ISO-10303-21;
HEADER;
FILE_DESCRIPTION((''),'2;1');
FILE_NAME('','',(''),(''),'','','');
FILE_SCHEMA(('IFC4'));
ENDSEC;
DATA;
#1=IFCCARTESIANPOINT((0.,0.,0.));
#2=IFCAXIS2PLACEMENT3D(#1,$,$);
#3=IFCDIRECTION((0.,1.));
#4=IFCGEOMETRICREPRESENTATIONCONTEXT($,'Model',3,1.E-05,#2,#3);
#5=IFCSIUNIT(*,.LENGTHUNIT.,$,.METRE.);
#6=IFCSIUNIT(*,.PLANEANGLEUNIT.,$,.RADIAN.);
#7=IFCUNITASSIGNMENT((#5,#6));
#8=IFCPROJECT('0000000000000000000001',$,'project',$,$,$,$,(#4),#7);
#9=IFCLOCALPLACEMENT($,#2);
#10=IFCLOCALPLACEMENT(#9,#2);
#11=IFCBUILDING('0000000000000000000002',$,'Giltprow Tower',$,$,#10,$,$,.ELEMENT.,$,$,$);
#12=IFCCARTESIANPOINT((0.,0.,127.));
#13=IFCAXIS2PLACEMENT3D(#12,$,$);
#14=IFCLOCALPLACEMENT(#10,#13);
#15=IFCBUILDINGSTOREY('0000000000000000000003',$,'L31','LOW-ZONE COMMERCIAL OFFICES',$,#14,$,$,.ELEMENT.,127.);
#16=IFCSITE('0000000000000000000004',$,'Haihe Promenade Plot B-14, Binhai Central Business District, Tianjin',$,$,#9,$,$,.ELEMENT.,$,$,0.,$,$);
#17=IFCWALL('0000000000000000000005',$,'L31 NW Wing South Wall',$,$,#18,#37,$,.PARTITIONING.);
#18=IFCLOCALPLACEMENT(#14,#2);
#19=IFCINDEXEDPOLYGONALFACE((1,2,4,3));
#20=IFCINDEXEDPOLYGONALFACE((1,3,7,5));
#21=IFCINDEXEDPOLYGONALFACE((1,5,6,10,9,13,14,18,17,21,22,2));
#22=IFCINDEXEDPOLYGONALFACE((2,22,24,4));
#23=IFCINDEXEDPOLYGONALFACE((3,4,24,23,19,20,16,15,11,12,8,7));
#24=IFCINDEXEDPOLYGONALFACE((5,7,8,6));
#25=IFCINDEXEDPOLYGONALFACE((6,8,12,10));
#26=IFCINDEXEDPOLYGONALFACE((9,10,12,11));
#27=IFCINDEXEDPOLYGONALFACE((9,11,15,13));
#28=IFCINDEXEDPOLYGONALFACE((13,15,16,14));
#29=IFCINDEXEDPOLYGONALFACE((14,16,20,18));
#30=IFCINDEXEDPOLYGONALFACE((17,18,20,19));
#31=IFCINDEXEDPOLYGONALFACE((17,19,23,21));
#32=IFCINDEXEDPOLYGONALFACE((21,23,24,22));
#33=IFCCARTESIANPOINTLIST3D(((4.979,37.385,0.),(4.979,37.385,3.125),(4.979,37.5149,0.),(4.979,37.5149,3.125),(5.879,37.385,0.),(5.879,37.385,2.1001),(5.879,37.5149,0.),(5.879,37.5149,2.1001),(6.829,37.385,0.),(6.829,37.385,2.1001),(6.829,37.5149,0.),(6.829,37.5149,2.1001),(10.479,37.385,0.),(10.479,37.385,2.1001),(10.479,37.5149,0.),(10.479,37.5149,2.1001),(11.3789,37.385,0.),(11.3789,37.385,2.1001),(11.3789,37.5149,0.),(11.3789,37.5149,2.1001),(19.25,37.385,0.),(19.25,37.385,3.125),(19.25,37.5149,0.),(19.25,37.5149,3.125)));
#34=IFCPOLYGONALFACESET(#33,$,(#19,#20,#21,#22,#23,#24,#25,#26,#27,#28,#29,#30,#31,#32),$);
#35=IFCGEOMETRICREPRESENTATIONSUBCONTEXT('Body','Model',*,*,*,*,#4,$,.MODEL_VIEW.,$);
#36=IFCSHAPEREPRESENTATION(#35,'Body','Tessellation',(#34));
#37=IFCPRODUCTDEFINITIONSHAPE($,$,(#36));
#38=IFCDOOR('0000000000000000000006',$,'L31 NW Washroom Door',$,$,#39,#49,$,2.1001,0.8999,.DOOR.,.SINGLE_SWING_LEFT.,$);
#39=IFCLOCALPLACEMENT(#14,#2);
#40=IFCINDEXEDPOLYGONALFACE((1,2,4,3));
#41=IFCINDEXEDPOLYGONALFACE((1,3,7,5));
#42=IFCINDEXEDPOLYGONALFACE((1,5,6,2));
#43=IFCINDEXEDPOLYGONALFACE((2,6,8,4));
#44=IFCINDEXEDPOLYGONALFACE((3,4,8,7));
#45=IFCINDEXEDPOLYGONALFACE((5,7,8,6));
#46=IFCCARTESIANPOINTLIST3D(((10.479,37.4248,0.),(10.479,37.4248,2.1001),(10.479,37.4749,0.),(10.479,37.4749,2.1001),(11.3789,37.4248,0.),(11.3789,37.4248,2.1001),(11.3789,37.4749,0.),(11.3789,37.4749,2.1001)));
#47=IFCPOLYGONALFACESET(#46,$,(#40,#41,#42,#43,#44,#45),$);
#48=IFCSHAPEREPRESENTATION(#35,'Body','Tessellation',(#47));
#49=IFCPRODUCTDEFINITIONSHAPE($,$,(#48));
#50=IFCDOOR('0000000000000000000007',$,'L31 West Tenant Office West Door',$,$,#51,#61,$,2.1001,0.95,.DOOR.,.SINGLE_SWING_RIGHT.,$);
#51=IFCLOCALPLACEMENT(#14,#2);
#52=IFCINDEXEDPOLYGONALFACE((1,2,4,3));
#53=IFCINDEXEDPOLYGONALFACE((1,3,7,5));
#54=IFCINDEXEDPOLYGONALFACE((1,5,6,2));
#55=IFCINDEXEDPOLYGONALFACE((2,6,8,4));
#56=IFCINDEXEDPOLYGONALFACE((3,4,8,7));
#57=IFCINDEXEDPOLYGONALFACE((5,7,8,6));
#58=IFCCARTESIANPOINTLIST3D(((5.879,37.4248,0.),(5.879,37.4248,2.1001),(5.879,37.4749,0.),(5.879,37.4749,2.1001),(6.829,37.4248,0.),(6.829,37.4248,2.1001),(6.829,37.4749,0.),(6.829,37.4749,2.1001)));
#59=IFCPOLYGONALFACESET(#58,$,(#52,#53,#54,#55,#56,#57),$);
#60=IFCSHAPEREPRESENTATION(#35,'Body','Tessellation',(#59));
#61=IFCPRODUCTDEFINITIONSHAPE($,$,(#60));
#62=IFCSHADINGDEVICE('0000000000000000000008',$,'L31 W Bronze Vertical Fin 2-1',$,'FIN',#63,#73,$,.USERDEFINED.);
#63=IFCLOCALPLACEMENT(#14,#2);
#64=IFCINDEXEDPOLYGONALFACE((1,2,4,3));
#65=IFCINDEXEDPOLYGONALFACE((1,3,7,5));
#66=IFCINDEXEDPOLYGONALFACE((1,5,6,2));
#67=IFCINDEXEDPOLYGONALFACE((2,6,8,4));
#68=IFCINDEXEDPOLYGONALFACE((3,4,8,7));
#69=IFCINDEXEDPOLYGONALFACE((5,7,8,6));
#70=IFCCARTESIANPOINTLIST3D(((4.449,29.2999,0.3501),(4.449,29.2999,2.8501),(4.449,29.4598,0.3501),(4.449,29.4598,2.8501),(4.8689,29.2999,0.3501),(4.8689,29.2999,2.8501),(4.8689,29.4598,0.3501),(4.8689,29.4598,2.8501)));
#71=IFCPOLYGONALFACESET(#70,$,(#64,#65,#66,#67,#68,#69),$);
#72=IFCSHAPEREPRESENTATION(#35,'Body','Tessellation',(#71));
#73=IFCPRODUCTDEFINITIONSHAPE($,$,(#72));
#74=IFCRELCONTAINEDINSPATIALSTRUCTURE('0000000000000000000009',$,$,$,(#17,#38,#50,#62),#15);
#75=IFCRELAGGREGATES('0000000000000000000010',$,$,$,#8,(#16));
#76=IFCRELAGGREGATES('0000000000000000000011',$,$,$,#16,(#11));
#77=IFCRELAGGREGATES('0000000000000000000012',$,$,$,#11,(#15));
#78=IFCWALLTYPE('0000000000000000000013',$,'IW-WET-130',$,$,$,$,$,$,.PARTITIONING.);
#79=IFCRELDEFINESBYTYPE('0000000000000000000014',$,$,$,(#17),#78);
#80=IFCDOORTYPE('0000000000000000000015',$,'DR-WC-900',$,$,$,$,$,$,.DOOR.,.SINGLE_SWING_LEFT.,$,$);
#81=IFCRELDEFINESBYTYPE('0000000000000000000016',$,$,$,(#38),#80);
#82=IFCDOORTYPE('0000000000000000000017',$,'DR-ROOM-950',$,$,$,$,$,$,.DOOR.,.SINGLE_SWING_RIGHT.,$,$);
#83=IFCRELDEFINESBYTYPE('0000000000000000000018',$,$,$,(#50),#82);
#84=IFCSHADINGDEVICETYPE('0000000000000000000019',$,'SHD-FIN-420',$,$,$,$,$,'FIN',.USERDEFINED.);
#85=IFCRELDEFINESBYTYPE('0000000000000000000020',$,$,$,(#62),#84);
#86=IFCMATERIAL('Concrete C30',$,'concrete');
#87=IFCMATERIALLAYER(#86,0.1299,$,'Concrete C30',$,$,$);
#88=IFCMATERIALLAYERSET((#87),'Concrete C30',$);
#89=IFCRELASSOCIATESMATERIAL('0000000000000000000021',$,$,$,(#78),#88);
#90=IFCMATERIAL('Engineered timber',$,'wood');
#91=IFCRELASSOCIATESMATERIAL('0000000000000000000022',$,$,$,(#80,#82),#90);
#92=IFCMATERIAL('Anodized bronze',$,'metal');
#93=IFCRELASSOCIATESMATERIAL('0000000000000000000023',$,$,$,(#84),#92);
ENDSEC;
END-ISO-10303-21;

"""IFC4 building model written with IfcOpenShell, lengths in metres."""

from ifc_helpers import new_model, si_unit, direction, frame, frame_2d, origin, origin_2d, place, context, subcontext, project, spatial, rectangle, extrude, source, transform, mapped, material, layer, layer_set, type_object, element, fill, save


model = new_model("IFC4")

# Units and contexts
model_context = context("Model", 3, precision=1e-05, world=origin(), true_north=direction((0.0, 1.0)))
body_context = subcontext(model_context, "Body", "Model", "MODEL_VIEW")
ifc_project = project(units=[si_unit("LENGTHUNIT", "METRE"), si_unit("PLANEANGLEUNIT", "RADIAN")], contexts=[model_context])

# Site, building, storey
site_placement = place(None, origin())
site = spatial("IfcSite", under=ifc_project, at=site_placement, Name="Haihe Promenade Plot B-14, Binhai Central Business District, Tianjin", CompositionType="ELEMENT", RefElevation=0.0)
building_placement = place(site_placement, origin())
building = spatial("IfcBuilding", under=site, at=building_placement, Name="Giltprow Tower", CompositionType="ELEMENT")
storey_placement = place(building_placement, frame((0.0, 0.0, 127.0)))
storey = spatial("IfcBuildingStorey", under=building, at=storey_placement, Name="L31", Description="LOW-ZONE COMMERCIAL OFFICES", CompositionType="ELEMENT", Elevation=127.0)

# Wall, openings, doors
ifc_material_1 = material(Name="Engineered timber", Category="wood")
ifc_material_2 = material(Name="Concrete C30", Category="concrete")
ifc_layer_1 = layer(ifc_material_2, 0.1299, Name="Concrete C30")
ifc_layer_set_1 = layer_set([ifc_layer_1], Name="Concrete C30")
wall_type_1 = type_object("IfcWallType", Name="IW-WET-130", PredefinedType="PARTITIONING", material=ifc_layer_set_1)
wall_1_placement = place(storey_placement, frame((4.979, 37.45, 0.0), z_axis=(0.0, 0.0, 1.0), x_axis=(1.0, 0.0, 0.0)))
wall_1 = element("IfcWall", 1, at=wall_1_placement, inside=storey, type_object=wall_type_1, Name="L31 NW Wing South Wall", PredefinedType="PARTITIONING", context=body_context, shape_type="SweptSolid", body=[
    extrude(rectangle(XDim=14.271, YDim=0.1299, at=frame_2d((7.1355, 0.0))), origin(), (0.0, 0.0, 1.0), 3.125),
])
opening_1_placement = place(wall_1_placement, frame((0.8999, 0.0, 0.0)))
opening_1 = element("IfcOpeningElement", 2, at=opening_1_placement, cuts=wall_1, PredefinedType="OPENING", context=body_context, shape_type="SweptSolid", body=[
    extrude(rectangle(XDim=0.95, YDim=2.1001, at=frame_2d((0.4751, 1.05))), frame((0.0, 0.075, 0.0), z_axis=(0.0, -1.0, 0.0), x_axis=(1.0, 0.0, 0.0)), (0.0, 0.0, 1.0), 0.1499),
])
opening_2_placement = place(wall_1_placement, frame((5.5, 0.0, 0.0)))
opening_2 = element("IfcOpeningElement", 3, at=opening_2_placement, cuts=wall_1, PredefinedType="OPENING", context=body_context, shape_type="SweptSolid", body=[
    extrude(rectangle(XDim=0.8999, YDim=2.1001, at=frame_2d((0.45, 1.05))), frame((0.0, 0.075, 0.0), z_axis=(0.0, -1.0, 0.0), x_axis=(1.0, 0.0, 0.0)), (0.0, 0.0, 1.0), 0.1499),
])
door_type_1 = type_object("IfcDoorType", Name="DR-WC-900", OperationType="SINGLE_SWING_LEFT", PredefinedType="DOOR", material=ifc_material_1)
shared_shape_1 = source(origin(), body_context, "Body", "SweptSolid", [
    extrude(rectangle(XDim=0.8999, YDim=2.1001, at=frame_2d((0.45, 1.05))), frame((0.0, 0.0249, 0.0), z_axis=(0.0, -1.0, 0.0), x_axis=(1.0, 0.0, 0.0)), (0.0, 0.0, 1.0), 0.05),
])
door_1_placement = place(opening_2_placement, origin())
door_1 = element("IfcDoor", 4, at=door_1_placement, inside=storey, type_object=door_type_1, Name="L31 NW Washroom Door", OperationType="SINGLE_SWING_LEFT", OverallHeight=2.1001, OverallWidth=0.8999, PredefinedType="DOOR", context=body_context, shape_type="MappedRepresentation", body=[
    mapped(shared_shape_1, transform((0.0, 0.0, 0.0), x_axis=(1.0, 0.0, 0.0), y_axis=(0.0, 1.0, 0.0), z_axis=(0.0, 0.0, 1.0), scale=1.0)),
])
fill(opening_2, door_1)
door_type_2 = type_object("IfcDoorType", Name="DR-ROOM-950", OperationType="SINGLE_SWING_RIGHT", PredefinedType="DOOR", material=ifc_material_1)
shared_shape_2 = source(origin(), body_context, "Body", "SweptSolid", [
    extrude(rectangle(XDim=0.95, YDim=2.1001, at=frame_2d((0.4751, 1.05))), frame((0.0, 0.0249, 0.0), z_axis=(0.0, -1.0, 0.0), x_axis=(1.0, 0.0, 0.0)), (0.0, 0.0, 1.0), 0.05),
])
door_2_placement = place(opening_1_placement, origin())
door_2 = element("IfcDoor", 5, at=door_2_placement, inside=storey, type_object=door_type_2, Name="L31 West Tenant Office West Door", OperationType="SINGLE_SWING_RIGHT", OverallHeight=2.1001, OverallWidth=0.95, PredefinedType="DOOR", context=body_context, shape_type="MappedRepresentation", body=[
    mapped(shared_shape_2, transform((0.0, 0.0, 0.0), x_axis=(1.0, 0.0, 0.0), y_axis=(0.0, 1.0, 0.0), z_axis=(0.0, 0.0, 1.0), scale=1.0)),
])
fill(opening_1, door_2)

# Shading device
ifc_material_3 = material(Name="Anodized bronze", Category="metal")
shading_device_type = type_object("IfcShadingDeviceType", Name="SHD-FIN-420", ElementType="FIN", PredefinedType="USERDEFINED", material=ifc_material_3)
shared_shape_3 = source(origin(), body_context, "Body", "SweptSolid", [
    extrude(rectangle(XDim=0.4199, YDim=0.1599, at=origin_2d()), origin(), (0.0, 0.0, 1.0), 2.5),
])
shading_device_placement = place(storey_placement, frame((4.6589, 29.3799, 0.3501), z_axis=(0.0, 0.0, 1.0), x_axis=(1.0, 0.0, 0.0)))
element("IfcShadingDevice", 6, at=shading_device_placement, inside=storey, type_object=shading_device_type, Name="L31 W Bronze Vertical Fin 2-1", ObjectType="FIN", PredefinedType="USERDEFINED", context=body_context, shape_type="MappedRepresentation", body=[
    mapped(shared_shape_3, transform((0.0, 0.0, 0.0), x_axis=(1.0, 0.0, 0.0), y_axis=(0.0, 1.0, 0.0), z_axis=(0.0, 0.0, 1.0), scale=1.0)),
])

save(model, "model.ifc")
